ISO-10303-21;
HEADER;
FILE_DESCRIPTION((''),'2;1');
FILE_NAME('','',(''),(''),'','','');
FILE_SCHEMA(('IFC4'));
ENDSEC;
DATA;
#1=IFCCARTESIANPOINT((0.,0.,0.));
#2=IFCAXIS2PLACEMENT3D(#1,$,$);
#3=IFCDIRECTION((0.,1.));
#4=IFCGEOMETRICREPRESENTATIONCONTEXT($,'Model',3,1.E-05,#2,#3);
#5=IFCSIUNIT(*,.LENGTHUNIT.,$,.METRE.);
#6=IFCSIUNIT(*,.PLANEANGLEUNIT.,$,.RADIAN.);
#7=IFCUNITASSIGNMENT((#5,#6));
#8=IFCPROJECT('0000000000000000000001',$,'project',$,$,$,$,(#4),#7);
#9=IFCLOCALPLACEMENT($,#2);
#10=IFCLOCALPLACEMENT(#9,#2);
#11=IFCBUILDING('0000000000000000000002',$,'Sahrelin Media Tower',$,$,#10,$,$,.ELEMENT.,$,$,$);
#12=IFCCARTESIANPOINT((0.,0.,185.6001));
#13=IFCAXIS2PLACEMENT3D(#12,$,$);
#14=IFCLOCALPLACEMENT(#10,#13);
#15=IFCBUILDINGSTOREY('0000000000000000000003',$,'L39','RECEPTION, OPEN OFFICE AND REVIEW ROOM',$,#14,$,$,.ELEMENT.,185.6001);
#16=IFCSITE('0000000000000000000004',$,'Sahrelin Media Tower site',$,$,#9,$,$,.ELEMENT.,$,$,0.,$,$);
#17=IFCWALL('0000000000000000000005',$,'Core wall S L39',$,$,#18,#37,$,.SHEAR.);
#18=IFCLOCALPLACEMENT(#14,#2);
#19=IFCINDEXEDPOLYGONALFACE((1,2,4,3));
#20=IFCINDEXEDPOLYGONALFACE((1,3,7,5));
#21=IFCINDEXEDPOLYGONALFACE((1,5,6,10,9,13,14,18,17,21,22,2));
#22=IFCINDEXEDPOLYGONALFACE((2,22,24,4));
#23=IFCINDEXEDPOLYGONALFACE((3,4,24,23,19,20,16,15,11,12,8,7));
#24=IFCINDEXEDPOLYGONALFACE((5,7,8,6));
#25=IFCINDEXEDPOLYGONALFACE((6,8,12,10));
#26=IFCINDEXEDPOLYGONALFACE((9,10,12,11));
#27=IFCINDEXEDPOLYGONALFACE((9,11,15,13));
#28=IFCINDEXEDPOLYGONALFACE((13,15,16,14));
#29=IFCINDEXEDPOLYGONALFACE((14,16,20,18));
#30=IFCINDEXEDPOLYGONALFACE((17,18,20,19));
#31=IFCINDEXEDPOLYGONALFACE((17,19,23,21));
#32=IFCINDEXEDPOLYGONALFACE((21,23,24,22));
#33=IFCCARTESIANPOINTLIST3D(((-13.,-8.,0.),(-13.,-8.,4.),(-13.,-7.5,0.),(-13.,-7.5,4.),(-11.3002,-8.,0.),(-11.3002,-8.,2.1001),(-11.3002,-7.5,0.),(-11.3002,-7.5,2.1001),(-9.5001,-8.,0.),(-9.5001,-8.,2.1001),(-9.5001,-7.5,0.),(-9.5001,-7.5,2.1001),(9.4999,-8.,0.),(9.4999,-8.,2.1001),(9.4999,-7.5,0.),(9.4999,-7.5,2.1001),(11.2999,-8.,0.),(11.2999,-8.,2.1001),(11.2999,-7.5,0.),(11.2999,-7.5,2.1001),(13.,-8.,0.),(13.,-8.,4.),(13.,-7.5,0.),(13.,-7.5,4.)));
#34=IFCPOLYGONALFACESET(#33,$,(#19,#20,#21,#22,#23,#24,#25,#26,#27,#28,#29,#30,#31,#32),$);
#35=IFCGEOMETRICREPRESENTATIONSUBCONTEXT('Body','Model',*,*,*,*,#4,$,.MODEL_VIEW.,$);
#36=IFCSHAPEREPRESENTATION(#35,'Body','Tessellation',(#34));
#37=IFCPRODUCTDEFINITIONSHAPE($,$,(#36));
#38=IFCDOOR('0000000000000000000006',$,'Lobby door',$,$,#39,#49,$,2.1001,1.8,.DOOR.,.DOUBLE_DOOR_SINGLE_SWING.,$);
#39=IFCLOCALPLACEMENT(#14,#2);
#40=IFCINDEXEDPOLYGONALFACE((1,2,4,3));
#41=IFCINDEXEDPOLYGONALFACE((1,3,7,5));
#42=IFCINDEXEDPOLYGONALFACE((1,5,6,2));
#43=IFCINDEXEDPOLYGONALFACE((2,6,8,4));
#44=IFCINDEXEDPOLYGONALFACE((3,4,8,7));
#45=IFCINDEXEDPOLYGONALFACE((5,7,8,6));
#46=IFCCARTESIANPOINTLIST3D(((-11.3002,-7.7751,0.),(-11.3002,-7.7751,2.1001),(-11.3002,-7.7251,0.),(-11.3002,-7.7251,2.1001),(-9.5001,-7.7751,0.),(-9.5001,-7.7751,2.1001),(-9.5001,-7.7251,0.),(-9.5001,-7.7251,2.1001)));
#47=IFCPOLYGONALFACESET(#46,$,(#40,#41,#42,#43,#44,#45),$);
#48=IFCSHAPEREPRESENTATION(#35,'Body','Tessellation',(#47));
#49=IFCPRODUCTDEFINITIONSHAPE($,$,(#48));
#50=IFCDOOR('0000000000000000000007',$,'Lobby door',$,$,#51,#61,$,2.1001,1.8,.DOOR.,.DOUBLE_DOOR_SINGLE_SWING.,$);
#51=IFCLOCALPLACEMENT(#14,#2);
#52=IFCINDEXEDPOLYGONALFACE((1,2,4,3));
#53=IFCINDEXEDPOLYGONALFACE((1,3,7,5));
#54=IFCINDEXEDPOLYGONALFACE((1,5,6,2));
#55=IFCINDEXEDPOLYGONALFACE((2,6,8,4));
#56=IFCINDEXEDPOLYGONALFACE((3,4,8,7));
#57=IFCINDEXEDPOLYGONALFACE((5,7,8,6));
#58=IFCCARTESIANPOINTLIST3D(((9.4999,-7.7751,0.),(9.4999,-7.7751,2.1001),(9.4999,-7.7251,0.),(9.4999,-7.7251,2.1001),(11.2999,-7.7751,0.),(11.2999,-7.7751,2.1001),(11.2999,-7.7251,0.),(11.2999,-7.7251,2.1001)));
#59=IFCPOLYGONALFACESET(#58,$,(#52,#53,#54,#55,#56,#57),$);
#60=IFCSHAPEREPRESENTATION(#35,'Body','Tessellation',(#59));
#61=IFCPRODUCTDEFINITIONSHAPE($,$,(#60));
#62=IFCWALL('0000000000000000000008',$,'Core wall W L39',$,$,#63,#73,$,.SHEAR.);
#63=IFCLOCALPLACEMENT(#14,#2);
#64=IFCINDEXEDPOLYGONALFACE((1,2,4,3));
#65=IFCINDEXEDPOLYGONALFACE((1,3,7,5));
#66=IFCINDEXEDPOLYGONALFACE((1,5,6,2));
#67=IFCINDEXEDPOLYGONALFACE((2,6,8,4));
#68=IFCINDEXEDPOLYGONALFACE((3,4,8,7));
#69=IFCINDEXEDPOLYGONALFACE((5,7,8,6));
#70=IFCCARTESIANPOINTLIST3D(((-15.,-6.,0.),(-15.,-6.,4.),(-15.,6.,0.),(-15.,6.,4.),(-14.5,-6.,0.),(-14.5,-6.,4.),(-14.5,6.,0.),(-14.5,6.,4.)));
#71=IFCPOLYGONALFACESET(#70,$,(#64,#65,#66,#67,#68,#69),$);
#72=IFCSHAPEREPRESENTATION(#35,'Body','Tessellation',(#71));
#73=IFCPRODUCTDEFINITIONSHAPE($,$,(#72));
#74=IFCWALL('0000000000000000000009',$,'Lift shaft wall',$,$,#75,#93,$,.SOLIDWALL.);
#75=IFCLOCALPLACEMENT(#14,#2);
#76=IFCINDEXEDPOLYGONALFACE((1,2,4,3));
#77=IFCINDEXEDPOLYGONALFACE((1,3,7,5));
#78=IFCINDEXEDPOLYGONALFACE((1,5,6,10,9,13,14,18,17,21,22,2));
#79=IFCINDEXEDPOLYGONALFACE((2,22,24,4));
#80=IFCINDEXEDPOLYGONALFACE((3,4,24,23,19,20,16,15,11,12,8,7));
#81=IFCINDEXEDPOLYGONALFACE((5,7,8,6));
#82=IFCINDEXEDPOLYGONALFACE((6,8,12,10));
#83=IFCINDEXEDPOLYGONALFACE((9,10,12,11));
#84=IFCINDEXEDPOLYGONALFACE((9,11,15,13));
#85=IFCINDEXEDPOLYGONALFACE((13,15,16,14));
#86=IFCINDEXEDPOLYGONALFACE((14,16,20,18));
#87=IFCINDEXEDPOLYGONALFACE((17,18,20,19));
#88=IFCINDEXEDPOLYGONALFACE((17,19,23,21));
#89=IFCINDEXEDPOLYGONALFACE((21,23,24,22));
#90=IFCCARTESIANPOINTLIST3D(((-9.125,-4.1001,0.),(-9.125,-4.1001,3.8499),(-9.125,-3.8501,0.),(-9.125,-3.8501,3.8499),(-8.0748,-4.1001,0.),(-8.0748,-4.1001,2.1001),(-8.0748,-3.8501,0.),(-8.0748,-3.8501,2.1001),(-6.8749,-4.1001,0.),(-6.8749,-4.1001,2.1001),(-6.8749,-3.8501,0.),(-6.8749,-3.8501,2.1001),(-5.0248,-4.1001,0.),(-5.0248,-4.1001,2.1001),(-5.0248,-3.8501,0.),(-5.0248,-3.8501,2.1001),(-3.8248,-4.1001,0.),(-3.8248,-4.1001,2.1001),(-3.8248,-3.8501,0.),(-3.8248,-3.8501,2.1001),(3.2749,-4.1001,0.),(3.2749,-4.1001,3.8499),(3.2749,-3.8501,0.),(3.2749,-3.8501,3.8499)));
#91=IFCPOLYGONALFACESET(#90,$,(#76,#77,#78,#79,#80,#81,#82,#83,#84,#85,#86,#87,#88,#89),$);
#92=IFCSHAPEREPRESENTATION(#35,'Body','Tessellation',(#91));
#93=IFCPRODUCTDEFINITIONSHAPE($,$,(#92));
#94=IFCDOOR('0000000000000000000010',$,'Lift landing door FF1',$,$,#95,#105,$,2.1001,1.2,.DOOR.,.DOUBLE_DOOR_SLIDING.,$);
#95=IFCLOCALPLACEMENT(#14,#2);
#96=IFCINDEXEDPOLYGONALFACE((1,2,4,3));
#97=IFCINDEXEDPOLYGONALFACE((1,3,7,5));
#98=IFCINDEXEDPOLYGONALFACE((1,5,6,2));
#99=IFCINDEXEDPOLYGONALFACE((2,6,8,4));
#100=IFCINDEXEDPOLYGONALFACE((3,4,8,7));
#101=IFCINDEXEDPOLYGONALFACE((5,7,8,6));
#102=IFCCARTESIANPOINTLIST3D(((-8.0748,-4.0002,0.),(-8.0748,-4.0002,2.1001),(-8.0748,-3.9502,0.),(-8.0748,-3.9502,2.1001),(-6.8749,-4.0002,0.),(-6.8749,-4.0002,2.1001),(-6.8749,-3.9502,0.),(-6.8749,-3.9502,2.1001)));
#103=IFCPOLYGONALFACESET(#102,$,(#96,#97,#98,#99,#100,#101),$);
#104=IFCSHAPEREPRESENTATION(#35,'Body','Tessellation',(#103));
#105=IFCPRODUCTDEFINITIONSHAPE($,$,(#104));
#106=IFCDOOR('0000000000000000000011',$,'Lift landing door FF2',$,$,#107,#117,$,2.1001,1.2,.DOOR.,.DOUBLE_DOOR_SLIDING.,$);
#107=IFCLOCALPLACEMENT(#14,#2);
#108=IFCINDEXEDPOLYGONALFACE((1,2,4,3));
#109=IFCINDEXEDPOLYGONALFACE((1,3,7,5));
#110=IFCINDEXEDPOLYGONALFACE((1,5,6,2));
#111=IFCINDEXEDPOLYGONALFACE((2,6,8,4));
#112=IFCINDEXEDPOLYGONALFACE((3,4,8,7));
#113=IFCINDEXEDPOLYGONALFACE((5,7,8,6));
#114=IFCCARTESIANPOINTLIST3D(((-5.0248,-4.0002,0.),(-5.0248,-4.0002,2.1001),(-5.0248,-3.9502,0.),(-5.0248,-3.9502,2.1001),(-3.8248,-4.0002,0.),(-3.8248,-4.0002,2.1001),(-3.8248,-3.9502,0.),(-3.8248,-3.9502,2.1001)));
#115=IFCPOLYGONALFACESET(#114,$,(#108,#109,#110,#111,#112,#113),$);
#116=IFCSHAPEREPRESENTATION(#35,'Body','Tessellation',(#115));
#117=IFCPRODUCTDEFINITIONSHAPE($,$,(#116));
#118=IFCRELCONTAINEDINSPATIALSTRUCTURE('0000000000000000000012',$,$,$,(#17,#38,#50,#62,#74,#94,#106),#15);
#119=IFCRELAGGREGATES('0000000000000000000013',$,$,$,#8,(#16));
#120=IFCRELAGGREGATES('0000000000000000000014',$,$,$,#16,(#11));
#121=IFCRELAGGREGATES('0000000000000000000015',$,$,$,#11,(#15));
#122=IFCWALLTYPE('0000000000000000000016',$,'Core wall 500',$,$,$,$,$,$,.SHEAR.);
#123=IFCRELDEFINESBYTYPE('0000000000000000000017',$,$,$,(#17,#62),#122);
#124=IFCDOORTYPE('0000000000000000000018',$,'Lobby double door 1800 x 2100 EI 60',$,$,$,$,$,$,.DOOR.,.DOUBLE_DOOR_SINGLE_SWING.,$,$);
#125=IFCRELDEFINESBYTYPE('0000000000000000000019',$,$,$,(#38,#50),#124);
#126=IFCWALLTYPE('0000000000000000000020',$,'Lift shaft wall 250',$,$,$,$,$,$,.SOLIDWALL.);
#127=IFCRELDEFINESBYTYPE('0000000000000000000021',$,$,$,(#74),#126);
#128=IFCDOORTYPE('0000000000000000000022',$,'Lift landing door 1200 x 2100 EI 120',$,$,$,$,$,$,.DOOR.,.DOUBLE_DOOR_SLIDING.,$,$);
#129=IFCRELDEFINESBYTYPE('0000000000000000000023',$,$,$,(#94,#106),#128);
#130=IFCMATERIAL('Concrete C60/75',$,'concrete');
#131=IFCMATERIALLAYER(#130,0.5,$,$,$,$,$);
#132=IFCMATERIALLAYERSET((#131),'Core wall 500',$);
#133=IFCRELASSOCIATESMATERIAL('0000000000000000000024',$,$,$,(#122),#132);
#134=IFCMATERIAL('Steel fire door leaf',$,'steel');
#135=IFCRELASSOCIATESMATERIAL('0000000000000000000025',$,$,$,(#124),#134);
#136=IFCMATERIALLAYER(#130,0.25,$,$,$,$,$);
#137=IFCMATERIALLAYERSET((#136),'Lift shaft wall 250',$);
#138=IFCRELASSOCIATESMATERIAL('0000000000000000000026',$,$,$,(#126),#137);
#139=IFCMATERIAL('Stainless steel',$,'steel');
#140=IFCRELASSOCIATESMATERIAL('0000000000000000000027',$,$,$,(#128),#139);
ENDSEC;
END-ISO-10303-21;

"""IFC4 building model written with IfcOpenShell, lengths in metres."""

from ifc_helpers import new_model, si_unit, direction, frame, frame_2d, origin, place, context, subcontext, project, spatial, rectangle, extrude, material, layer, layer_set, type_object, element, fill, save


model = new_model("IFC4")

# Units and contexts
model_context = context("Model", 3, precision=1e-05, world=origin(), true_north=direction((0.0, 1.0)))
body_context = subcontext(model_context, "Body", "Model", "MODEL_VIEW")
ifc_project = project(units=[si_unit("LENGTHUNIT", "METRE"), si_unit("PLANEANGLEUNIT", "RADIAN")], contexts=[model_context])

# Site, building, storey
site_placement = place(None, origin())
site = spatial("IfcSite", under=ifc_project, at=site_placement, Name="Sahrelin Media Tower site", CompositionType="ELEMENT", RefElevation=0.0)
building_placement = place(site_placement, origin())
building = spatial("IfcBuilding", under=site, at=building_placement, Name="Sahrelin Media Tower", CompositionType="ELEMENT")
storey_placement = place(building_placement, frame((0.0, 0.0, 185.6001)))
storey = spatial("IfcBuildingStorey", under=building, at=storey_placement, Name="L39", Description="RECEPTION, OPEN OFFICE AND REVIEW ROOM", CompositionType="ELEMENT", Elevation=185.6001)

# Wall, openings, doors
ifc_material_1 = material(Name="Concrete C60/75", Category="concrete")
ifc_layer_1 = layer(ifc_material_1, 0.5)
ifc_layer_set_1 = layer_set([ifc_layer_1], Name="Core wall 500")
wall_type_1 = type_object("IfcWallType", Name="Core wall 500", PredefinedType="SHEAR", material=ifc_layer_set_1)
wall_1_placement = place(storey_placement, frame((-13.0, -7.75, 0.0), z_axis=(0.0, 0.0, 1.0), x_axis=(1.0, 0.0, 0.0)))
wall_1 = element("IfcWall", 1, at=wall_1_placement, inside=storey, type_object=wall_type_1, Name="Core wall S L39", PredefinedType="SHEAR", context=body_context, shape_type="SweptSolid", body=[
    extrude(rectangle(XDim=26.0, YDim=0.5, at=frame_2d((13.0, 0.0))), origin(), (0.0, 0.0, 1.0), 4.0),
])
opening_1_placement = place(wall_1_placement, frame((1.7, 0.0, 0.0)))
opening_1 = element("IfcOpeningElement", 2, at=opening_1_placement, cuts=wall_1, PredefinedType="OPENING", context=body_context, shape_type="SweptSolid", body=[
    extrude(rectangle(XDim=1.8, YDim=2.1001, at=frame_2d((0.8999, 1.05))), frame((0.0, 0.25, 0.0), z_axis=(0.0, -1.0, 0.0), x_axis=(1.0, 0.0, 0.0)), (0.0, 0.0, 1.0), 0.5),
])
opening_2_placement = place(wall_1_placement, frame((22.5, 0.0, 0.0)))
opening_2 = element("IfcOpeningElement", 3, at=opening_2_placement, cuts=wall_1, PredefinedType="OPENING", context=body_context, shape_type="SweptSolid", body=[
    extrude(rectangle(XDim=1.8, YDim=2.1001, at=frame_2d((0.8999, 1.05))), frame((0.0, 0.25, 0.0), z_axis=(0.0, -1.0, 0.0), x_axis=(1.0, 0.0, 0.0)), (0.0, 0.0, 1.0), 0.5),
])
ifc_material_2 = material(Name="Steel fire door leaf", Category="steel")
door_type_1 = type_object("IfcDoorType", Name="Lobby double door 1800 x 2100 EI 60", OperationType="DOUBLE_DOOR_SINGLE_SWING", PredefinedType="DOOR", material=ifc_material_2)
door_1_placement = place(opening_1_placement, origin())
door_1 = element("IfcDoor", 4, at=door_1_placement, inside=storey, type_object=door_type_1, Name="Lobby door", OperationType="DOUBLE_DOOR_SINGLE_SWING", OverallHeight=2.1001, OverallWidth=1.8, PredefinedType="DOOR", context=body_context, shape_type="SweptSolid", body=[
    extrude(rectangle(XDim=1.8, YDim=2.1001, at=frame_2d((0.8999, 1.05))), frame((0.0, 0.0249, 0.0), z_axis=(0.0, -1.0, 0.0), x_axis=(1.0, 0.0, 0.0)), (0.0, 0.0, 1.0), 0.05),
])
fill(opening_1, door_1)
door_2_placement = place(opening_2_placement, origin())
door_2 = element("IfcDoor", 5, at=door_2_placement, inside=storey, type_object=door_type_1, Name="Lobby door", OperationType="DOUBLE_DOOR_SINGLE_SWING", OverallHeight=2.1001, OverallWidth=1.8, PredefinedType="DOOR", context=body_context, shape_type="SweptSolid", body=[
    extrude(rectangle(XDim=1.8, YDim=2.1001, at=frame_2d((0.8999, 1.05))), frame((0.0, 0.0249, 0.0), z_axis=(0.0, -1.0, 0.0), x_axis=(1.0, 0.0, 0.0)), (0.0, 0.0, 1.0), 0.05),
])
fill(opening_2, door_2)

# Wall
wall_2_placement = place(storey_placement, frame((-14.75, -6.0, 0.0), z_axis=(0.0, 0.0, 1.0), x_axis=(0.0, 1.0, 0.0)))
element("IfcWall", 6, at=wall_2_placement, inside=storey, type_object=wall_type_1, Name="Core wall W L39", PredefinedType="SHEAR", context=body_context, shape_type="SweptSolid", body=[
    extrude(rectangle(XDim=12.0, YDim=0.5, at=frame_2d((6.0, 0.0))), origin(), (0.0, 0.0, 1.0), 4.0),
])

# Wall, openings, doors
ifc_layer_2 = layer(ifc_material_1, 0.25)
ifc_layer_set_2 = layer_set([ifc_layer_2], Name="Lift shaft wall 250")
wall_type_2 = type_object("IfcWallType", Name="Lift shaft wall 250", PredefinedType="SOLIDWALL", material=ifc_layer_set_2)
wall_3_placement = place(storey_placement, frame((-9.125, -3.9751, 0.0), z_axis=(0.0, 0.0, 1.0), x_axis=(1.0, 0.0, 0.0)))
wall_3 = element("IfcWall", 7, at=wall_3_placement, inside=storey, type_object=wall_type_2, Name="Lift shaft wall", PredefinedType="SOLIDWALL", context=body_context, shape_type="SweptSolid", body=[
    extrude(rectangle(XDim=12.3999, YDim=0.25, at=frame_2d((6.2, 0.0))), origin(), (0.0, 0.0, 1.0), 3.8499),
])
opening_3_placement = place(wall_3_placement, frame((1.05, 0.0, 0.0)))
opening_3 = element("IfcOpeningElement", 8, at=opening_3_placement, cuts=wall_3, PredefinedType="OPENING", context=body_context, shape_type="SweptSolid", body=[
    extrude(rectangle(XDim=1.2, YDim=2.1001, at=frame_2d((0.6001, 1.05))), frame((0.0, 0.125, 0.0), z_axis=(0.0, -1.0, 0.0), x_axis=(1.0, 0.0, 0.0)), (0.0, 0.0, 1.0), 0.25),
])
opening_4_placement = place(wall_3_placement, frame((4.1001, 0.0, 0.0)))
opening_4 = element("IfcOpeningElement", 9, at=opening_4_placement, cuts=wall_3, PredefinedType="OPENING", context=body_context, shape_type="SweptSolid", body=[
    extrude(rectangle(XDim=1.2, YDim=2.1001, at=frame_2d((0.6001, 1.05))), frame((0.0, 0.125, 0.0), z_axis=(0.0, -1.0, 0.0), x_axis=(1.0, 0.0, 0.0)), (0.0, 0.0, 1.0), 0.25),
])
ifc_material_3 = material(Name="Stainless steel", Category="steel")
door_type_2 = type_object("IfcDoorType", Name="Lift landing door 1200 x 2100 EI 120", OperationType="DOUBLE_DOOR_SLIDING", PredefinedType="DOOR", material=ifc_material_3)
door_3_placement = place(opening_3_placement, origin())
door_3 = element("IfcDoor", 10, at=door_3_placement, inside=storey, type_object=door_type_2, Name="Lift landing door FF1", OperationType="DOUBLE_DOOR_SLIDING", OverallHeight=2.1001, OverallWidth=1.2, PredefinedType="DOOR", context=body_context, shape_type="SweptSolid", body=[
    extrude(rectangle(XDim=1.2, YDim=2.1001, at=frame_2d((0.6001, 1.05))), frame((0.0, 0.0249, 0.0), z_axis=(0.0, -1.0, 0.0), x_axis=(1.0, 0.0, 0.0)), (0.0, 0.0, 1.0), 0.05),
])
fill(opening_3, door_3)
door_4_placement = place(opening_4_placement, origin())
door_4 = element("IfcDoor", 11, at=door_4_placement, inside=storey, type_object=door_type_2, Name="Lift landing door FF2", OperationType="DOUBLE_DOOR_SLIDING", OverallHeight=2.1001, OverallWidth=1.2, PredefinedType="DOOR", context=body_context, shape_type="SweptSolid", body=[
    extrude(rectangle(XDim=1.2, YDim=2.1001, at=frame_2d((0.6001, 1.05))), frame((0.0, 0.0249, 0.0), z_axis=(0.0, -1.0, 0.0), x_axis=(1.0, 0.0, 0.0)), (0.0, 0.0, 1.0), 0.05),
])
fill(opening_4, door_4)

save(model, "model.ifc")
